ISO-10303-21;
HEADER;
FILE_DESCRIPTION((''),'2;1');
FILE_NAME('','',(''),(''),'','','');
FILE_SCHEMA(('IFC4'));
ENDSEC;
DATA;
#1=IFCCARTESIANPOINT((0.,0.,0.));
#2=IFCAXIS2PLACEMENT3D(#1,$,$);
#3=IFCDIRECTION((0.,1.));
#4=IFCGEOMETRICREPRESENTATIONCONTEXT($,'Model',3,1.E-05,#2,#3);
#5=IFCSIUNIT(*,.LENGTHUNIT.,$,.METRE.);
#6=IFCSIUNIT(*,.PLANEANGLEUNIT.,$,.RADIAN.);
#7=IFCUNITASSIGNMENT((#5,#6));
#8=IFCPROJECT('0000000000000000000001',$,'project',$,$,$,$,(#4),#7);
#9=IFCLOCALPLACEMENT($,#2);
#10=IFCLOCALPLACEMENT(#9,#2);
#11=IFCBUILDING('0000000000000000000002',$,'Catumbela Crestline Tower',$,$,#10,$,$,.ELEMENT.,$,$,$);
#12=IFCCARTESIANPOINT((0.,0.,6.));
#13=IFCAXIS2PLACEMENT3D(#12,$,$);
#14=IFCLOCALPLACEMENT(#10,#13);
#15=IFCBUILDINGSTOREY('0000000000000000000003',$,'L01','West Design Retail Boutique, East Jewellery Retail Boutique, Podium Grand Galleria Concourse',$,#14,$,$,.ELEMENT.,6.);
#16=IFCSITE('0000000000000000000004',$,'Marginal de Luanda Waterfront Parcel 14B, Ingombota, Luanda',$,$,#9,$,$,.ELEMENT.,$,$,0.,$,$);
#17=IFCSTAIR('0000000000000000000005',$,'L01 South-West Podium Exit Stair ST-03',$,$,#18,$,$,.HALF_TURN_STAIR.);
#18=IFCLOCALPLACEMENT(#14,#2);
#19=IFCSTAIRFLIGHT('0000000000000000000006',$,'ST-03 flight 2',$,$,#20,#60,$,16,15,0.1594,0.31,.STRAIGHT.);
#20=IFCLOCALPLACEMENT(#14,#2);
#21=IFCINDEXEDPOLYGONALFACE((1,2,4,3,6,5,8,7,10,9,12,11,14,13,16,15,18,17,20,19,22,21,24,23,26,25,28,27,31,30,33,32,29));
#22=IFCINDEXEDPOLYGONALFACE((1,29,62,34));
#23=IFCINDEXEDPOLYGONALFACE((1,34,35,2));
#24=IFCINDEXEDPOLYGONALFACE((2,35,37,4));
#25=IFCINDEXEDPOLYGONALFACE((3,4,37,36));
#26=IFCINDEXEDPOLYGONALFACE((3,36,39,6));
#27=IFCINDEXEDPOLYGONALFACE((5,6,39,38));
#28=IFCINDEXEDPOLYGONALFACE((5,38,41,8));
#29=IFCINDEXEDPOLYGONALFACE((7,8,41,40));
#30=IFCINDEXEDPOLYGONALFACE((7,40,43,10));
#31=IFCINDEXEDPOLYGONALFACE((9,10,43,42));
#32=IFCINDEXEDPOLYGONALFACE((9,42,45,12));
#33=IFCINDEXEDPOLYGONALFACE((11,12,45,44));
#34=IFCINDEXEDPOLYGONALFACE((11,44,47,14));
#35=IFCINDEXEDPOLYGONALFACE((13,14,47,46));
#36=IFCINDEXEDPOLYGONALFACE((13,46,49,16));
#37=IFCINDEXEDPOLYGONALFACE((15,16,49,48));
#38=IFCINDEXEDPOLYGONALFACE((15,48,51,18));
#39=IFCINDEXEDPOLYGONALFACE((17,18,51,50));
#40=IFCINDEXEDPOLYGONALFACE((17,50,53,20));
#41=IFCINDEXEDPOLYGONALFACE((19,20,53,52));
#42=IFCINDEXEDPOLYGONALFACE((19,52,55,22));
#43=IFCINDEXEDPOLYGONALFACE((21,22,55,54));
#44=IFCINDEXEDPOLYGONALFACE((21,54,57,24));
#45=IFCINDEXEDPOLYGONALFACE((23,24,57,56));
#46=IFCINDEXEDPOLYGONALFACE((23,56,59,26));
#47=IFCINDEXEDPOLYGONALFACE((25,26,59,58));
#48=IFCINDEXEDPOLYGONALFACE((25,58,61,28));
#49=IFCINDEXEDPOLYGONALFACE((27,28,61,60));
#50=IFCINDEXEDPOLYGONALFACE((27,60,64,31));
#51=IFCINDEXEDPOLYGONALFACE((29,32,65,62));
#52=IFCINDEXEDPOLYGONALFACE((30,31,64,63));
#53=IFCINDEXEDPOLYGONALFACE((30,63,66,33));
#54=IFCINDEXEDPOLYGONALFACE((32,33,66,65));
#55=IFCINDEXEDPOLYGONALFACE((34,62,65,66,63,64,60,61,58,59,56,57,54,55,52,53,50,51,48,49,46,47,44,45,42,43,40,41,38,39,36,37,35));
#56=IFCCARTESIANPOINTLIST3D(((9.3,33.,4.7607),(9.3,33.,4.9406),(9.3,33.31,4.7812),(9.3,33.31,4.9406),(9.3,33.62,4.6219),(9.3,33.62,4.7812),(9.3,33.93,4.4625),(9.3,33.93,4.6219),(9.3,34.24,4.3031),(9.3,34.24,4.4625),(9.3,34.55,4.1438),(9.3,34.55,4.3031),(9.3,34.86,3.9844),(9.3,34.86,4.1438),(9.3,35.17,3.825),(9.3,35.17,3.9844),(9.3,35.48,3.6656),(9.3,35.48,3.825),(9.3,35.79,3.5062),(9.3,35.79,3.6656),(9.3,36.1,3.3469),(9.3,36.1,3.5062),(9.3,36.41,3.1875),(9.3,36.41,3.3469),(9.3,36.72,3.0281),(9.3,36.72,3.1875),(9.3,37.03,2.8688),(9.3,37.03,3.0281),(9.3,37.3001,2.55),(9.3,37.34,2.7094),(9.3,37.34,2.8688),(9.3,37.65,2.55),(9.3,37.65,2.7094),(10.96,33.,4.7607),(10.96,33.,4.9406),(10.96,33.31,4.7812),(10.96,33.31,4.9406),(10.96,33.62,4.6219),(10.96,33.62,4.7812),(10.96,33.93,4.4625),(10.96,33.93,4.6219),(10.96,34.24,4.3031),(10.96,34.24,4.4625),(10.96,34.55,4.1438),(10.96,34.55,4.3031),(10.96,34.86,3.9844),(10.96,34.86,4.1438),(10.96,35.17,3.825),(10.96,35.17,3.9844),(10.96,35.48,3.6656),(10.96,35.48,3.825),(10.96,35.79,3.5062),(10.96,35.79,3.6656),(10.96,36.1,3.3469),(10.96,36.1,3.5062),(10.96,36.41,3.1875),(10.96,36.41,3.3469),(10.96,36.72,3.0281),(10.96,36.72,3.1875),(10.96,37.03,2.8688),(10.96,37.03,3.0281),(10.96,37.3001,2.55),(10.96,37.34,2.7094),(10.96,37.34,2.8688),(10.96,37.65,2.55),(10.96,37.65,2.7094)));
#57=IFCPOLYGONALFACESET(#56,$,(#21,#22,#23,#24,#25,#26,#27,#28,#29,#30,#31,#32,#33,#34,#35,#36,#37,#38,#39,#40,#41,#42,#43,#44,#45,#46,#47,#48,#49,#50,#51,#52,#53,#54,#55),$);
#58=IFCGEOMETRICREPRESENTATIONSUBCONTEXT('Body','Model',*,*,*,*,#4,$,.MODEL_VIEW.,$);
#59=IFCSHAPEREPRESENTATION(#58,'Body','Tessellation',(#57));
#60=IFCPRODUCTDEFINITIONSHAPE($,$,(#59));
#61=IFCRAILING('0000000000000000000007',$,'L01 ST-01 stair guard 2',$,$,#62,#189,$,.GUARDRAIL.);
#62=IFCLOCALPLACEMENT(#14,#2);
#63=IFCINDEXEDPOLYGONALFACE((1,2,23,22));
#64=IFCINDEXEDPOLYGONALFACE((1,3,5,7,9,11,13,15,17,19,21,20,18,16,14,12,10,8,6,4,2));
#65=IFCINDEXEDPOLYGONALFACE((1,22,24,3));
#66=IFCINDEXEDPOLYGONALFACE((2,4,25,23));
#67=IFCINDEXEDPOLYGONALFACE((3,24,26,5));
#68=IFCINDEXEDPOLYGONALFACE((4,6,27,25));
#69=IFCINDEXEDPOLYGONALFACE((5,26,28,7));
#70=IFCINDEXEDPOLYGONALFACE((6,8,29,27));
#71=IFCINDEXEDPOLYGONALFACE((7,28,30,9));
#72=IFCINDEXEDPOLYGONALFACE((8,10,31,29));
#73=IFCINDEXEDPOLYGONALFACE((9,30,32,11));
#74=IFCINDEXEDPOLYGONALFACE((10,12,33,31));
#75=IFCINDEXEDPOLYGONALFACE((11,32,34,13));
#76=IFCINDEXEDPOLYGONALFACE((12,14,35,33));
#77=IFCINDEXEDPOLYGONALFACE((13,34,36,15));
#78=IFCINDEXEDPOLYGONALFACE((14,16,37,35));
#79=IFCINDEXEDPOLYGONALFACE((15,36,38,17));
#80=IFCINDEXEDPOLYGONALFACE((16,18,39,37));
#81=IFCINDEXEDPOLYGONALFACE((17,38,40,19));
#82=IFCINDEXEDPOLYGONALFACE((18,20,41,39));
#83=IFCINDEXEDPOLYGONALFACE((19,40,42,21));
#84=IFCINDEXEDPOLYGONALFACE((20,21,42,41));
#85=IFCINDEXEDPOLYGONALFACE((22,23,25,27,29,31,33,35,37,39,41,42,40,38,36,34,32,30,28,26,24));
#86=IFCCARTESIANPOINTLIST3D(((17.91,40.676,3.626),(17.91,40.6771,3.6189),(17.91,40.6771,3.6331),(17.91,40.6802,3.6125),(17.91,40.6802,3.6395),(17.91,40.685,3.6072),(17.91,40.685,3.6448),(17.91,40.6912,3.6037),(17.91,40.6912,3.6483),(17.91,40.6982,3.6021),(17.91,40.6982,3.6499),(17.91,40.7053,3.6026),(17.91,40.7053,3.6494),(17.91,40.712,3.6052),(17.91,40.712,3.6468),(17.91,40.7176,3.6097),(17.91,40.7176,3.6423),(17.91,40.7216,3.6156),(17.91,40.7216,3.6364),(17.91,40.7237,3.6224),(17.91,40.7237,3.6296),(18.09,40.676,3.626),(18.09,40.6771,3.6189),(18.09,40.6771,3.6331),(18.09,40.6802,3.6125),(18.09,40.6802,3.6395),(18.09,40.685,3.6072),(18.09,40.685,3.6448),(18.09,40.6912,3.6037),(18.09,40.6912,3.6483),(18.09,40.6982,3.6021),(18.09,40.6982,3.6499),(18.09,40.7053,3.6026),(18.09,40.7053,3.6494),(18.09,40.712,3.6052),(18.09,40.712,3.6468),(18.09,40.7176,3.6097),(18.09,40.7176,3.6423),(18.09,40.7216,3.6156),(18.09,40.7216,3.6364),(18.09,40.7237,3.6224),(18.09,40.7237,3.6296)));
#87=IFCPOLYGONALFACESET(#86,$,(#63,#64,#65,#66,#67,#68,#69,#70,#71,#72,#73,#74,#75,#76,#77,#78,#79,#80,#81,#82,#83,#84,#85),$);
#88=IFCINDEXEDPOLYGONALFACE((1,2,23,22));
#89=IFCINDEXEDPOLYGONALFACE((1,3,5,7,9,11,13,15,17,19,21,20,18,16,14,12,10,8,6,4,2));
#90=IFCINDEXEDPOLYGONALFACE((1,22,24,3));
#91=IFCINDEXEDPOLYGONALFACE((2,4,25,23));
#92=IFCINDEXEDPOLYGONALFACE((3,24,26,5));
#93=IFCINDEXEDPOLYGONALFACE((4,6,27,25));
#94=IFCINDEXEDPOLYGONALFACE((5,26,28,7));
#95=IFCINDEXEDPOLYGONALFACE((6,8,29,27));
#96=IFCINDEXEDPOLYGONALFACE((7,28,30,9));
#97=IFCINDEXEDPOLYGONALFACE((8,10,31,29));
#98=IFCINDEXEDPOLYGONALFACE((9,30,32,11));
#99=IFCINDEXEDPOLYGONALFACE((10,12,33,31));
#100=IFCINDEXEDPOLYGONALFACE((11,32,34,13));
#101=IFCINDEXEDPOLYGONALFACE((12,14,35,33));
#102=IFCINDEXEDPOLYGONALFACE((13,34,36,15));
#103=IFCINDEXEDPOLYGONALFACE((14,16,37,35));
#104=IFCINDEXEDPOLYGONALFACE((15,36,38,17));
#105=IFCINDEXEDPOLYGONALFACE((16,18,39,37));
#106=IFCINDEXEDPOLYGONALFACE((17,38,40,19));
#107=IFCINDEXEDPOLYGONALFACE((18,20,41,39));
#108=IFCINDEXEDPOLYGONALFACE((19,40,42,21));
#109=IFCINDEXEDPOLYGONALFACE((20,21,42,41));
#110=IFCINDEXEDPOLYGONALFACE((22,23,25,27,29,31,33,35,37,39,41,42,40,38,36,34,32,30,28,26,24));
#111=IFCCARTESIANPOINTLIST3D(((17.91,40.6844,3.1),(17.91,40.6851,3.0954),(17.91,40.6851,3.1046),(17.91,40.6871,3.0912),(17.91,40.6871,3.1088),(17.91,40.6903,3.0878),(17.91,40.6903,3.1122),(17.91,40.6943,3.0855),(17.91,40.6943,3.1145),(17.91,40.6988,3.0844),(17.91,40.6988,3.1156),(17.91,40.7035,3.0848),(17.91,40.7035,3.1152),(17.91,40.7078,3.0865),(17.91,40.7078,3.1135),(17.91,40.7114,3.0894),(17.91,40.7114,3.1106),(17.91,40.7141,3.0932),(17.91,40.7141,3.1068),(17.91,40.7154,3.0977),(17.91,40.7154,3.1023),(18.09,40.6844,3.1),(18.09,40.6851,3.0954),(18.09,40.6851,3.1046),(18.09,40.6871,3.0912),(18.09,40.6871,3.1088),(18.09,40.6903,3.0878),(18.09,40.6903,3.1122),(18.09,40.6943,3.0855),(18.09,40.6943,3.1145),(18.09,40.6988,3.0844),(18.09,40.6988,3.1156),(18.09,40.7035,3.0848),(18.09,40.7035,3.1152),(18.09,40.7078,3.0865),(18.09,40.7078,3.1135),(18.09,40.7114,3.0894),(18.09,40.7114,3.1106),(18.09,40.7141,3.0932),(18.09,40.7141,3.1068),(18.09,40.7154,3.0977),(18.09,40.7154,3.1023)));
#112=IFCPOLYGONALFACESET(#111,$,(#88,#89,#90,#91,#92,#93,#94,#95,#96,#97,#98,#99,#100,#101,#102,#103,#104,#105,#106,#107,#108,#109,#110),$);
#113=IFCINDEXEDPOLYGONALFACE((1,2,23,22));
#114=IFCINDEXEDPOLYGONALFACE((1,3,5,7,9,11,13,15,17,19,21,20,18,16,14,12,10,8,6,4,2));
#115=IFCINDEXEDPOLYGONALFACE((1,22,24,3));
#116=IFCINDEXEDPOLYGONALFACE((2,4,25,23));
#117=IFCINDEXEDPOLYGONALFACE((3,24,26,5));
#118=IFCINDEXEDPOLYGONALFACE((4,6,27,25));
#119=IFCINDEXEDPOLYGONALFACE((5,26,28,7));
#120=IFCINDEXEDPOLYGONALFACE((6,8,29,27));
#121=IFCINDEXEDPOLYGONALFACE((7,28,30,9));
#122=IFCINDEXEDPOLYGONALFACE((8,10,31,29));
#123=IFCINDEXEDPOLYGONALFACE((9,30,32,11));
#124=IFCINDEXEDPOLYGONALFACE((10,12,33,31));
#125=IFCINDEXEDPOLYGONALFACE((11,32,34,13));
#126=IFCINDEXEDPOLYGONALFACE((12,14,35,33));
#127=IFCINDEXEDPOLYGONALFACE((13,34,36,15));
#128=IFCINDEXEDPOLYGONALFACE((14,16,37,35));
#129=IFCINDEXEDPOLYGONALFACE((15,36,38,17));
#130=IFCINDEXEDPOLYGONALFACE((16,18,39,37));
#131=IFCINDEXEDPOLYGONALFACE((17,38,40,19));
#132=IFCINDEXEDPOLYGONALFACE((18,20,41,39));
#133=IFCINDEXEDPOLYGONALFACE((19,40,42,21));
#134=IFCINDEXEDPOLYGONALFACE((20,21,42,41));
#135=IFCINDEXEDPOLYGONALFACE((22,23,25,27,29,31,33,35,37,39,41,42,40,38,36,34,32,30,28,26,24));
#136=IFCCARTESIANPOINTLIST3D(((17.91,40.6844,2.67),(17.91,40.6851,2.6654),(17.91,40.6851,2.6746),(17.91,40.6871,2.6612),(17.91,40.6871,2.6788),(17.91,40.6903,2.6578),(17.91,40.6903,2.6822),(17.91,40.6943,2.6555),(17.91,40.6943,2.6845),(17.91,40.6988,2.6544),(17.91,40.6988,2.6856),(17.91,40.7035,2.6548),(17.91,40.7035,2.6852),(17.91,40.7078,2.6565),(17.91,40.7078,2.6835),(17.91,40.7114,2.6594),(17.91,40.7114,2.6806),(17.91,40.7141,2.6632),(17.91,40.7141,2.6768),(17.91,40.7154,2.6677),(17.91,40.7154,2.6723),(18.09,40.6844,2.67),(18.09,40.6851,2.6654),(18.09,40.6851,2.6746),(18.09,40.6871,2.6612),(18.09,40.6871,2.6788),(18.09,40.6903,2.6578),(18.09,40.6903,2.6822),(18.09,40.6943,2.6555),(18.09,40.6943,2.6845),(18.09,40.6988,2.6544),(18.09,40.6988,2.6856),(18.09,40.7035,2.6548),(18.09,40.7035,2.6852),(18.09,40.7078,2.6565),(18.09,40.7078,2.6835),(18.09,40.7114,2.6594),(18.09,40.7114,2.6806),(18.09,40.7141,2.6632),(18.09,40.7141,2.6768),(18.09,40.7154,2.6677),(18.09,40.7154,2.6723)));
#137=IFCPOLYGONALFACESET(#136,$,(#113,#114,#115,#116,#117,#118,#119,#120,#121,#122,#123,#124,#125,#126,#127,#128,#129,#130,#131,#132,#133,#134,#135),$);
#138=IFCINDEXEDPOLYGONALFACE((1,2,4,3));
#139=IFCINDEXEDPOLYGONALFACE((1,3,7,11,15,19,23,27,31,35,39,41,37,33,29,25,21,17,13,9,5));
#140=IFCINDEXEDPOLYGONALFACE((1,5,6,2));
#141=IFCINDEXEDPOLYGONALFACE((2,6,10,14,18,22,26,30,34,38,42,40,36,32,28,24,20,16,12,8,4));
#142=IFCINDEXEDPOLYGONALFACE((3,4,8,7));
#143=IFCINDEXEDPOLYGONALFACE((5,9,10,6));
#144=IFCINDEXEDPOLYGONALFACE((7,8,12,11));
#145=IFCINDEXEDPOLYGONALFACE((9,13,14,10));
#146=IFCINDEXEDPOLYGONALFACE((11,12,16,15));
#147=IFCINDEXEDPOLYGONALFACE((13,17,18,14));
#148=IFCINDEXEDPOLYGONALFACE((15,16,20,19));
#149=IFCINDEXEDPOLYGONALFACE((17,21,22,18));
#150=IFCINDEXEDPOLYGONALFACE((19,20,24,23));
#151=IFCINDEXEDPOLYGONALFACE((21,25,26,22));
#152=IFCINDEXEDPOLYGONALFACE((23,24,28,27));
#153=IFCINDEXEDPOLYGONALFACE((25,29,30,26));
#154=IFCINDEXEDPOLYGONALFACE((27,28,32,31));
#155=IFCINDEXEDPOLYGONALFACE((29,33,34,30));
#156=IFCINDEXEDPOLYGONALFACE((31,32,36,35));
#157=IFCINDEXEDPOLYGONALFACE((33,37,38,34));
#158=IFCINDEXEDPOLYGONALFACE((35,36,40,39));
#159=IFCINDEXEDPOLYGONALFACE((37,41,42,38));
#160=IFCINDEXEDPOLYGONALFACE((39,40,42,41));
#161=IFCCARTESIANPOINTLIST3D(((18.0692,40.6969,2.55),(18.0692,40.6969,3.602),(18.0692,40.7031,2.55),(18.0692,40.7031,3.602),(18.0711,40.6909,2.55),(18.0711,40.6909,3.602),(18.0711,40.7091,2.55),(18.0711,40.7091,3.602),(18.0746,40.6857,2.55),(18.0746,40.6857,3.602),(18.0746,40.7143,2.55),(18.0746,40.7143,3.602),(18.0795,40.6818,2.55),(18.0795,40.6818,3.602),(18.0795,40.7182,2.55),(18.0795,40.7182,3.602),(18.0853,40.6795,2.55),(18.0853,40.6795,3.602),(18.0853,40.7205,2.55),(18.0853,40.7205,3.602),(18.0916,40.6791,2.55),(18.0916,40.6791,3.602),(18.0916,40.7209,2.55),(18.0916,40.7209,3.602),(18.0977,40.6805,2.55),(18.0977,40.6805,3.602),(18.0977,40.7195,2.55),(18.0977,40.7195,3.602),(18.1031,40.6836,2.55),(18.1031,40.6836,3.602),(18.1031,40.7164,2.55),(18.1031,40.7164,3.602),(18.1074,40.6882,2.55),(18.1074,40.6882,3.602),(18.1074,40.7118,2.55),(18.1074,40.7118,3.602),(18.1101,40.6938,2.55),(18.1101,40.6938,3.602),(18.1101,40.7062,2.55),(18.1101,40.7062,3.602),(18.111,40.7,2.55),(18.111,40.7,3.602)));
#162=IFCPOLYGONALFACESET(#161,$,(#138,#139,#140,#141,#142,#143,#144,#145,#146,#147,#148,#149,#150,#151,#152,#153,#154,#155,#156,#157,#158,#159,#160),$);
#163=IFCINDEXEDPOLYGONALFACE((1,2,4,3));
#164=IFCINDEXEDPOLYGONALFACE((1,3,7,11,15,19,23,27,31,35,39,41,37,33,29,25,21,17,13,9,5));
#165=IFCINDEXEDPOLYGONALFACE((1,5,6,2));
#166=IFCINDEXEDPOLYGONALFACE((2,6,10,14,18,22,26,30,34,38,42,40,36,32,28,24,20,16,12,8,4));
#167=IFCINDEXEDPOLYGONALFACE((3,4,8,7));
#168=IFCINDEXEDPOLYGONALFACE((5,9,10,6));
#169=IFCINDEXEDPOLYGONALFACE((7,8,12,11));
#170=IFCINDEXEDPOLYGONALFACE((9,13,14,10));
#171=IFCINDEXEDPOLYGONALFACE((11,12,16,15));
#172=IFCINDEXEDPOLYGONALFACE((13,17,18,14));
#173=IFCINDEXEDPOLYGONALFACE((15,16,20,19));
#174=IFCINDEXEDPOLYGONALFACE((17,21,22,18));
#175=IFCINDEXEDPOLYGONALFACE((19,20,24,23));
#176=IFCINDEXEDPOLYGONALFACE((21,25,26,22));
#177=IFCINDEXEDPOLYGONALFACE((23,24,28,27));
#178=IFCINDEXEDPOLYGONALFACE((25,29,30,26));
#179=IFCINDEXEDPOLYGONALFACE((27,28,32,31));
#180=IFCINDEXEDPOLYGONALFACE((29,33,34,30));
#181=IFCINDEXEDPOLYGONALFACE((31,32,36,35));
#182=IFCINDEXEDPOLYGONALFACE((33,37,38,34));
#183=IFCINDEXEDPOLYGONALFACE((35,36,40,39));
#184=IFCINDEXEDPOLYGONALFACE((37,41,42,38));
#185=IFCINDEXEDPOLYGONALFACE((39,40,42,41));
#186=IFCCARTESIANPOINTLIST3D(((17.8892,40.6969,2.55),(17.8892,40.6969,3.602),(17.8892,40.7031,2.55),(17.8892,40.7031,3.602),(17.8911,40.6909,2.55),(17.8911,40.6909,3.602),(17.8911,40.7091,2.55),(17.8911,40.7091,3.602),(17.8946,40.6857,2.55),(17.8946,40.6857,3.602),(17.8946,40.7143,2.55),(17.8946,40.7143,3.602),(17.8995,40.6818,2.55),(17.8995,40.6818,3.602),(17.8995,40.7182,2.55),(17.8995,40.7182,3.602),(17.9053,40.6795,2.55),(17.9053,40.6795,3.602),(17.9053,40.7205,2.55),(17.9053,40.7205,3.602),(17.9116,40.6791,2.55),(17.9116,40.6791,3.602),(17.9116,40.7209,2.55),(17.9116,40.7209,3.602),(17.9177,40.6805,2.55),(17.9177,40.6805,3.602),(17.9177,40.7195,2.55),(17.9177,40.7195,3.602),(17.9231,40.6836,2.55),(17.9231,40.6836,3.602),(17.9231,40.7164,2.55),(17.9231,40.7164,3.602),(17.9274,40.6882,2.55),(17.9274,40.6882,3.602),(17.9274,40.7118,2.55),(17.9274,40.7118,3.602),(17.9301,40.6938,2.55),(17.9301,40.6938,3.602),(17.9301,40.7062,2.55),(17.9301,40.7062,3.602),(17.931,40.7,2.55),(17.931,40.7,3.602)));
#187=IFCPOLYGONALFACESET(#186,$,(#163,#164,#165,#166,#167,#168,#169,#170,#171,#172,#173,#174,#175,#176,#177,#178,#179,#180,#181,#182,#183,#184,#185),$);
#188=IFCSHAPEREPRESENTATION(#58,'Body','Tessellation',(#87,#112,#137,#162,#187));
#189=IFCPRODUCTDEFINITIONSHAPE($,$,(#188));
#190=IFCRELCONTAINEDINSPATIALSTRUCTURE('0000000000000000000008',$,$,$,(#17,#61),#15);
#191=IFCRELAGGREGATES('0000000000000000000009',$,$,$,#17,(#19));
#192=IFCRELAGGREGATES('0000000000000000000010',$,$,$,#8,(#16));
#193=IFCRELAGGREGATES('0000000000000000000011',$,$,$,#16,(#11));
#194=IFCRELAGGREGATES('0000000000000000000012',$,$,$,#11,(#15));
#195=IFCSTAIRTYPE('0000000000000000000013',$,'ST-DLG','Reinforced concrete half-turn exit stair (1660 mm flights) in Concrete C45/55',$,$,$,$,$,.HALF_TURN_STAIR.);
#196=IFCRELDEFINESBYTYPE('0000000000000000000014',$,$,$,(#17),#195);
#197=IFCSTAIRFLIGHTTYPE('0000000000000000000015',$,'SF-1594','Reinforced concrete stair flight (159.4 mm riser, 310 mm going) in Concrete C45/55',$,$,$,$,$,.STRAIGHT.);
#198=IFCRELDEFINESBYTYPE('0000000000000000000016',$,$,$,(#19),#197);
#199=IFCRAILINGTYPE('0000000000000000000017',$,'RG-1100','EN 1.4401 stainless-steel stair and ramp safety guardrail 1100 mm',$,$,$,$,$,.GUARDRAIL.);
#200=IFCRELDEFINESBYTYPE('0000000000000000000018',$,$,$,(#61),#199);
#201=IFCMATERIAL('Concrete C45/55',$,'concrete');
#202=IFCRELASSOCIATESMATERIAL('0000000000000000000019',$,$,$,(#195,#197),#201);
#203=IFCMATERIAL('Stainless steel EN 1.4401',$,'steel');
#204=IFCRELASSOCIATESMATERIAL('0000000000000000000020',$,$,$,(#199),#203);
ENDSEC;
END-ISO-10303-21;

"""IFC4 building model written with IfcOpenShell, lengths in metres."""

from ifc_helpers import new_model, si_unit, direction, frame, origin, origin_2d, place, context, subcontext, project, spatial, polyline, circle, outline, extrude, material, type_object, element, aggregate, save


model = new_model("IFC4")

# Units and contexts
model_context = context("Model", 3, precision=1e-05, world=origin(), true_north=direction((0.0, 1.0)))
body_context = subcontext(model_context, "Body", "Model", "MODEL_VIEW")
ifc_project = project(units=[si_unit("LENGTHUNIT", "METRE"), si_unit("PLANEANGLEUNIT", "RADIAN")], contexts=[model_context])

# Site, building, storey
site_placement = place(None, origin())
site = spatial("IfcSite", under=ifc_project, at=site_placement, Name="Marginal de Luanda Waterfront Parcel 14B, Ingombota, Luanda", CompositionType="ELEMENT", RefElevation=0.0)
building_placement = place(site_placement, origin())
building = spatial("IfcBuilding", under=site, at=building_placement, Name="Catumbela Crestline Tower", CompositionType="ELEMENT")
storey_placement = place(building_placement, frame((0.0, 0.0, 6.0)))
storey = spatial("IfcBuildingStorey", under=building, at=storey_placement, Name="L01", Description="West Design Retail Boutique, East Jewellery Retail Boutique, Podium Grand Galleria Concourse", CompositionType="ELEMENT", Elevation=6.0)

# Stair, stair flight
ifc_material_1 = material(Name="Concrete C45/55", Category="concrete")
stair_type = type_object("IfcStairType", Name="ST-DLG", Description="Reinforced concrete half-turn exit stair (1660 mm flights) in Concrete C45/55", PredefinedType="HALF_TURN_STAIR", material=ifc_material_1)
stair_flight_type = type_object("IfcStairFlightType", Name="SF-1594", Description="Reinforced concrete stair flight (159.4 mm riser, 310 mm going) in Concrete C45/55", PredefinedType="STRAIGHT", material=ifc_material_1)
stair_1_placement = place(storey_placement, origin())
stair_1 = element("IfcStair", 1, at=stair_1_placement, inside=storey, type_object=stair_type, Name="L01 South-West Podium Exit Stair ST-03", PredefinedType="HALF_TURN_STAIR")
stair_flight_1_placement = place(storey_placement, frame((10.13, 37.65, 2.55), z_axis=(0.0, 0.0, 1.0), x_axis=(0.0, -1.0, 0.0)))
stair_flight_1 = element("IfcStairFlight", 2, at=stair_flight_1_placement, type_object=stair_flight_type, Name="ST-03 flight 2", NumberOfRisers=16, NumberOfTreads=15, PredefinedType="STRAIGHT", RiserHeight=0.1594, TreadLength=0.31, context=body_context, shape_type="SweptSolid", body=[
    extrude(outline(polyline([(0.0, 0.0), (0.0, 0.1594), (0.31, 0.1594), (0.31, 0.3188), (0.62, 0.3188), (0.62, 0.4781), (0.93, 0.4781), (0.93, 0.6375), (1.24, 0.6375), (1.24, 0.7969), (1.55, 0.7969), (1.55, 0.9562), (1.86, 0.9562), (1.86, 1.1156), (2.17, 1.1156), (2.17, 1.275), (2.48, 1.275), (2.48, 1.4344), (2.79, 1.4344), (2.79, 1.5938), (3.1, 1.5938), (3.1, 1.7531), (3.41, 1.7531), (3.41, 1.9125), (3.72, 1.9125), (3.72, 2.0719), (4.03, 2.0719), (4.03, 2.2312), (4.34, 2.2312), (4.34, 2.3906), (4.65, 2.3906), (4.65, 2.55), (4.65, 2.2107), (0.3499, 0.0), (0.0, 0.0)])), frame((0.0, 0.83, 0.0), z_axis=(0.0, -1.0, 0.0), x_axis=(1.0, 0.0, 0.0)), (0.0, 0.0, 1.0), 1.66),
])
aggregate(stair_1, [stair_flight_1])

# Railing
ifc_material_2 = material(Name="Stainless steel EN 1.4401", Category="steel")
railing_type_1 = type_object("IfcRailingType", Name="RG-1100", Description="EN 1.4401 stainless-steel stair and ramp safety guardrail 1100 mm", PredefinedType="GUARDRAIL", material=ifc_material_2)
railing_1_placement = place(storey_placement, frame((18.09, 40.7, 2.55)))
element("IfcRailing", 3, at=railing_1_placement, inside=storey, type_object=railing_type_1, Name="L01 ST-01 stair guard 2", PredefinedType="GUARDRAIL", context=body_context, shape_type="SweptSolid", body=[
    extrude(circle(Radius=0.024, at=origin_2d()), frame((0.0, 0.0, 1.076), z_axis=(-1.0, 0.0, 0.0), x_axis=(0.0, -1.0, 0.0)), (0.0, 0.0, 1.0), 0.18),
    extrude(circle(Radius=0.0156, at=origin_2d()), frame((0.0, 0.0, 0.55), z_axis=(-1.0, 0.0, 0.0), x_axis=(0.0, -1.0, 0.0)), (0.0, 0.0, 1.0), 0.18),
    extrude(circle(Radius=0.0156, at=origin_2d()), frame((0.0, 0.0, 0.12), z_axis=(-1.0, 0.0, 0.0), x_axis=(0.0, -1.0, 0.0)), (0.0, 0.0, 1.0), 0.18),
    extrude(circle(Radius=0.021, at=origin_2d()), origin(), (0.0, 0.0, 1.0), 1.052),
    extrude(circle(Radius=0.021, at=origin_2d()), frame((-0.18, 0.0, 0.0)), (0.0, 0.0, 1.0), 1.052),
])

save(model, "model.ifc")
